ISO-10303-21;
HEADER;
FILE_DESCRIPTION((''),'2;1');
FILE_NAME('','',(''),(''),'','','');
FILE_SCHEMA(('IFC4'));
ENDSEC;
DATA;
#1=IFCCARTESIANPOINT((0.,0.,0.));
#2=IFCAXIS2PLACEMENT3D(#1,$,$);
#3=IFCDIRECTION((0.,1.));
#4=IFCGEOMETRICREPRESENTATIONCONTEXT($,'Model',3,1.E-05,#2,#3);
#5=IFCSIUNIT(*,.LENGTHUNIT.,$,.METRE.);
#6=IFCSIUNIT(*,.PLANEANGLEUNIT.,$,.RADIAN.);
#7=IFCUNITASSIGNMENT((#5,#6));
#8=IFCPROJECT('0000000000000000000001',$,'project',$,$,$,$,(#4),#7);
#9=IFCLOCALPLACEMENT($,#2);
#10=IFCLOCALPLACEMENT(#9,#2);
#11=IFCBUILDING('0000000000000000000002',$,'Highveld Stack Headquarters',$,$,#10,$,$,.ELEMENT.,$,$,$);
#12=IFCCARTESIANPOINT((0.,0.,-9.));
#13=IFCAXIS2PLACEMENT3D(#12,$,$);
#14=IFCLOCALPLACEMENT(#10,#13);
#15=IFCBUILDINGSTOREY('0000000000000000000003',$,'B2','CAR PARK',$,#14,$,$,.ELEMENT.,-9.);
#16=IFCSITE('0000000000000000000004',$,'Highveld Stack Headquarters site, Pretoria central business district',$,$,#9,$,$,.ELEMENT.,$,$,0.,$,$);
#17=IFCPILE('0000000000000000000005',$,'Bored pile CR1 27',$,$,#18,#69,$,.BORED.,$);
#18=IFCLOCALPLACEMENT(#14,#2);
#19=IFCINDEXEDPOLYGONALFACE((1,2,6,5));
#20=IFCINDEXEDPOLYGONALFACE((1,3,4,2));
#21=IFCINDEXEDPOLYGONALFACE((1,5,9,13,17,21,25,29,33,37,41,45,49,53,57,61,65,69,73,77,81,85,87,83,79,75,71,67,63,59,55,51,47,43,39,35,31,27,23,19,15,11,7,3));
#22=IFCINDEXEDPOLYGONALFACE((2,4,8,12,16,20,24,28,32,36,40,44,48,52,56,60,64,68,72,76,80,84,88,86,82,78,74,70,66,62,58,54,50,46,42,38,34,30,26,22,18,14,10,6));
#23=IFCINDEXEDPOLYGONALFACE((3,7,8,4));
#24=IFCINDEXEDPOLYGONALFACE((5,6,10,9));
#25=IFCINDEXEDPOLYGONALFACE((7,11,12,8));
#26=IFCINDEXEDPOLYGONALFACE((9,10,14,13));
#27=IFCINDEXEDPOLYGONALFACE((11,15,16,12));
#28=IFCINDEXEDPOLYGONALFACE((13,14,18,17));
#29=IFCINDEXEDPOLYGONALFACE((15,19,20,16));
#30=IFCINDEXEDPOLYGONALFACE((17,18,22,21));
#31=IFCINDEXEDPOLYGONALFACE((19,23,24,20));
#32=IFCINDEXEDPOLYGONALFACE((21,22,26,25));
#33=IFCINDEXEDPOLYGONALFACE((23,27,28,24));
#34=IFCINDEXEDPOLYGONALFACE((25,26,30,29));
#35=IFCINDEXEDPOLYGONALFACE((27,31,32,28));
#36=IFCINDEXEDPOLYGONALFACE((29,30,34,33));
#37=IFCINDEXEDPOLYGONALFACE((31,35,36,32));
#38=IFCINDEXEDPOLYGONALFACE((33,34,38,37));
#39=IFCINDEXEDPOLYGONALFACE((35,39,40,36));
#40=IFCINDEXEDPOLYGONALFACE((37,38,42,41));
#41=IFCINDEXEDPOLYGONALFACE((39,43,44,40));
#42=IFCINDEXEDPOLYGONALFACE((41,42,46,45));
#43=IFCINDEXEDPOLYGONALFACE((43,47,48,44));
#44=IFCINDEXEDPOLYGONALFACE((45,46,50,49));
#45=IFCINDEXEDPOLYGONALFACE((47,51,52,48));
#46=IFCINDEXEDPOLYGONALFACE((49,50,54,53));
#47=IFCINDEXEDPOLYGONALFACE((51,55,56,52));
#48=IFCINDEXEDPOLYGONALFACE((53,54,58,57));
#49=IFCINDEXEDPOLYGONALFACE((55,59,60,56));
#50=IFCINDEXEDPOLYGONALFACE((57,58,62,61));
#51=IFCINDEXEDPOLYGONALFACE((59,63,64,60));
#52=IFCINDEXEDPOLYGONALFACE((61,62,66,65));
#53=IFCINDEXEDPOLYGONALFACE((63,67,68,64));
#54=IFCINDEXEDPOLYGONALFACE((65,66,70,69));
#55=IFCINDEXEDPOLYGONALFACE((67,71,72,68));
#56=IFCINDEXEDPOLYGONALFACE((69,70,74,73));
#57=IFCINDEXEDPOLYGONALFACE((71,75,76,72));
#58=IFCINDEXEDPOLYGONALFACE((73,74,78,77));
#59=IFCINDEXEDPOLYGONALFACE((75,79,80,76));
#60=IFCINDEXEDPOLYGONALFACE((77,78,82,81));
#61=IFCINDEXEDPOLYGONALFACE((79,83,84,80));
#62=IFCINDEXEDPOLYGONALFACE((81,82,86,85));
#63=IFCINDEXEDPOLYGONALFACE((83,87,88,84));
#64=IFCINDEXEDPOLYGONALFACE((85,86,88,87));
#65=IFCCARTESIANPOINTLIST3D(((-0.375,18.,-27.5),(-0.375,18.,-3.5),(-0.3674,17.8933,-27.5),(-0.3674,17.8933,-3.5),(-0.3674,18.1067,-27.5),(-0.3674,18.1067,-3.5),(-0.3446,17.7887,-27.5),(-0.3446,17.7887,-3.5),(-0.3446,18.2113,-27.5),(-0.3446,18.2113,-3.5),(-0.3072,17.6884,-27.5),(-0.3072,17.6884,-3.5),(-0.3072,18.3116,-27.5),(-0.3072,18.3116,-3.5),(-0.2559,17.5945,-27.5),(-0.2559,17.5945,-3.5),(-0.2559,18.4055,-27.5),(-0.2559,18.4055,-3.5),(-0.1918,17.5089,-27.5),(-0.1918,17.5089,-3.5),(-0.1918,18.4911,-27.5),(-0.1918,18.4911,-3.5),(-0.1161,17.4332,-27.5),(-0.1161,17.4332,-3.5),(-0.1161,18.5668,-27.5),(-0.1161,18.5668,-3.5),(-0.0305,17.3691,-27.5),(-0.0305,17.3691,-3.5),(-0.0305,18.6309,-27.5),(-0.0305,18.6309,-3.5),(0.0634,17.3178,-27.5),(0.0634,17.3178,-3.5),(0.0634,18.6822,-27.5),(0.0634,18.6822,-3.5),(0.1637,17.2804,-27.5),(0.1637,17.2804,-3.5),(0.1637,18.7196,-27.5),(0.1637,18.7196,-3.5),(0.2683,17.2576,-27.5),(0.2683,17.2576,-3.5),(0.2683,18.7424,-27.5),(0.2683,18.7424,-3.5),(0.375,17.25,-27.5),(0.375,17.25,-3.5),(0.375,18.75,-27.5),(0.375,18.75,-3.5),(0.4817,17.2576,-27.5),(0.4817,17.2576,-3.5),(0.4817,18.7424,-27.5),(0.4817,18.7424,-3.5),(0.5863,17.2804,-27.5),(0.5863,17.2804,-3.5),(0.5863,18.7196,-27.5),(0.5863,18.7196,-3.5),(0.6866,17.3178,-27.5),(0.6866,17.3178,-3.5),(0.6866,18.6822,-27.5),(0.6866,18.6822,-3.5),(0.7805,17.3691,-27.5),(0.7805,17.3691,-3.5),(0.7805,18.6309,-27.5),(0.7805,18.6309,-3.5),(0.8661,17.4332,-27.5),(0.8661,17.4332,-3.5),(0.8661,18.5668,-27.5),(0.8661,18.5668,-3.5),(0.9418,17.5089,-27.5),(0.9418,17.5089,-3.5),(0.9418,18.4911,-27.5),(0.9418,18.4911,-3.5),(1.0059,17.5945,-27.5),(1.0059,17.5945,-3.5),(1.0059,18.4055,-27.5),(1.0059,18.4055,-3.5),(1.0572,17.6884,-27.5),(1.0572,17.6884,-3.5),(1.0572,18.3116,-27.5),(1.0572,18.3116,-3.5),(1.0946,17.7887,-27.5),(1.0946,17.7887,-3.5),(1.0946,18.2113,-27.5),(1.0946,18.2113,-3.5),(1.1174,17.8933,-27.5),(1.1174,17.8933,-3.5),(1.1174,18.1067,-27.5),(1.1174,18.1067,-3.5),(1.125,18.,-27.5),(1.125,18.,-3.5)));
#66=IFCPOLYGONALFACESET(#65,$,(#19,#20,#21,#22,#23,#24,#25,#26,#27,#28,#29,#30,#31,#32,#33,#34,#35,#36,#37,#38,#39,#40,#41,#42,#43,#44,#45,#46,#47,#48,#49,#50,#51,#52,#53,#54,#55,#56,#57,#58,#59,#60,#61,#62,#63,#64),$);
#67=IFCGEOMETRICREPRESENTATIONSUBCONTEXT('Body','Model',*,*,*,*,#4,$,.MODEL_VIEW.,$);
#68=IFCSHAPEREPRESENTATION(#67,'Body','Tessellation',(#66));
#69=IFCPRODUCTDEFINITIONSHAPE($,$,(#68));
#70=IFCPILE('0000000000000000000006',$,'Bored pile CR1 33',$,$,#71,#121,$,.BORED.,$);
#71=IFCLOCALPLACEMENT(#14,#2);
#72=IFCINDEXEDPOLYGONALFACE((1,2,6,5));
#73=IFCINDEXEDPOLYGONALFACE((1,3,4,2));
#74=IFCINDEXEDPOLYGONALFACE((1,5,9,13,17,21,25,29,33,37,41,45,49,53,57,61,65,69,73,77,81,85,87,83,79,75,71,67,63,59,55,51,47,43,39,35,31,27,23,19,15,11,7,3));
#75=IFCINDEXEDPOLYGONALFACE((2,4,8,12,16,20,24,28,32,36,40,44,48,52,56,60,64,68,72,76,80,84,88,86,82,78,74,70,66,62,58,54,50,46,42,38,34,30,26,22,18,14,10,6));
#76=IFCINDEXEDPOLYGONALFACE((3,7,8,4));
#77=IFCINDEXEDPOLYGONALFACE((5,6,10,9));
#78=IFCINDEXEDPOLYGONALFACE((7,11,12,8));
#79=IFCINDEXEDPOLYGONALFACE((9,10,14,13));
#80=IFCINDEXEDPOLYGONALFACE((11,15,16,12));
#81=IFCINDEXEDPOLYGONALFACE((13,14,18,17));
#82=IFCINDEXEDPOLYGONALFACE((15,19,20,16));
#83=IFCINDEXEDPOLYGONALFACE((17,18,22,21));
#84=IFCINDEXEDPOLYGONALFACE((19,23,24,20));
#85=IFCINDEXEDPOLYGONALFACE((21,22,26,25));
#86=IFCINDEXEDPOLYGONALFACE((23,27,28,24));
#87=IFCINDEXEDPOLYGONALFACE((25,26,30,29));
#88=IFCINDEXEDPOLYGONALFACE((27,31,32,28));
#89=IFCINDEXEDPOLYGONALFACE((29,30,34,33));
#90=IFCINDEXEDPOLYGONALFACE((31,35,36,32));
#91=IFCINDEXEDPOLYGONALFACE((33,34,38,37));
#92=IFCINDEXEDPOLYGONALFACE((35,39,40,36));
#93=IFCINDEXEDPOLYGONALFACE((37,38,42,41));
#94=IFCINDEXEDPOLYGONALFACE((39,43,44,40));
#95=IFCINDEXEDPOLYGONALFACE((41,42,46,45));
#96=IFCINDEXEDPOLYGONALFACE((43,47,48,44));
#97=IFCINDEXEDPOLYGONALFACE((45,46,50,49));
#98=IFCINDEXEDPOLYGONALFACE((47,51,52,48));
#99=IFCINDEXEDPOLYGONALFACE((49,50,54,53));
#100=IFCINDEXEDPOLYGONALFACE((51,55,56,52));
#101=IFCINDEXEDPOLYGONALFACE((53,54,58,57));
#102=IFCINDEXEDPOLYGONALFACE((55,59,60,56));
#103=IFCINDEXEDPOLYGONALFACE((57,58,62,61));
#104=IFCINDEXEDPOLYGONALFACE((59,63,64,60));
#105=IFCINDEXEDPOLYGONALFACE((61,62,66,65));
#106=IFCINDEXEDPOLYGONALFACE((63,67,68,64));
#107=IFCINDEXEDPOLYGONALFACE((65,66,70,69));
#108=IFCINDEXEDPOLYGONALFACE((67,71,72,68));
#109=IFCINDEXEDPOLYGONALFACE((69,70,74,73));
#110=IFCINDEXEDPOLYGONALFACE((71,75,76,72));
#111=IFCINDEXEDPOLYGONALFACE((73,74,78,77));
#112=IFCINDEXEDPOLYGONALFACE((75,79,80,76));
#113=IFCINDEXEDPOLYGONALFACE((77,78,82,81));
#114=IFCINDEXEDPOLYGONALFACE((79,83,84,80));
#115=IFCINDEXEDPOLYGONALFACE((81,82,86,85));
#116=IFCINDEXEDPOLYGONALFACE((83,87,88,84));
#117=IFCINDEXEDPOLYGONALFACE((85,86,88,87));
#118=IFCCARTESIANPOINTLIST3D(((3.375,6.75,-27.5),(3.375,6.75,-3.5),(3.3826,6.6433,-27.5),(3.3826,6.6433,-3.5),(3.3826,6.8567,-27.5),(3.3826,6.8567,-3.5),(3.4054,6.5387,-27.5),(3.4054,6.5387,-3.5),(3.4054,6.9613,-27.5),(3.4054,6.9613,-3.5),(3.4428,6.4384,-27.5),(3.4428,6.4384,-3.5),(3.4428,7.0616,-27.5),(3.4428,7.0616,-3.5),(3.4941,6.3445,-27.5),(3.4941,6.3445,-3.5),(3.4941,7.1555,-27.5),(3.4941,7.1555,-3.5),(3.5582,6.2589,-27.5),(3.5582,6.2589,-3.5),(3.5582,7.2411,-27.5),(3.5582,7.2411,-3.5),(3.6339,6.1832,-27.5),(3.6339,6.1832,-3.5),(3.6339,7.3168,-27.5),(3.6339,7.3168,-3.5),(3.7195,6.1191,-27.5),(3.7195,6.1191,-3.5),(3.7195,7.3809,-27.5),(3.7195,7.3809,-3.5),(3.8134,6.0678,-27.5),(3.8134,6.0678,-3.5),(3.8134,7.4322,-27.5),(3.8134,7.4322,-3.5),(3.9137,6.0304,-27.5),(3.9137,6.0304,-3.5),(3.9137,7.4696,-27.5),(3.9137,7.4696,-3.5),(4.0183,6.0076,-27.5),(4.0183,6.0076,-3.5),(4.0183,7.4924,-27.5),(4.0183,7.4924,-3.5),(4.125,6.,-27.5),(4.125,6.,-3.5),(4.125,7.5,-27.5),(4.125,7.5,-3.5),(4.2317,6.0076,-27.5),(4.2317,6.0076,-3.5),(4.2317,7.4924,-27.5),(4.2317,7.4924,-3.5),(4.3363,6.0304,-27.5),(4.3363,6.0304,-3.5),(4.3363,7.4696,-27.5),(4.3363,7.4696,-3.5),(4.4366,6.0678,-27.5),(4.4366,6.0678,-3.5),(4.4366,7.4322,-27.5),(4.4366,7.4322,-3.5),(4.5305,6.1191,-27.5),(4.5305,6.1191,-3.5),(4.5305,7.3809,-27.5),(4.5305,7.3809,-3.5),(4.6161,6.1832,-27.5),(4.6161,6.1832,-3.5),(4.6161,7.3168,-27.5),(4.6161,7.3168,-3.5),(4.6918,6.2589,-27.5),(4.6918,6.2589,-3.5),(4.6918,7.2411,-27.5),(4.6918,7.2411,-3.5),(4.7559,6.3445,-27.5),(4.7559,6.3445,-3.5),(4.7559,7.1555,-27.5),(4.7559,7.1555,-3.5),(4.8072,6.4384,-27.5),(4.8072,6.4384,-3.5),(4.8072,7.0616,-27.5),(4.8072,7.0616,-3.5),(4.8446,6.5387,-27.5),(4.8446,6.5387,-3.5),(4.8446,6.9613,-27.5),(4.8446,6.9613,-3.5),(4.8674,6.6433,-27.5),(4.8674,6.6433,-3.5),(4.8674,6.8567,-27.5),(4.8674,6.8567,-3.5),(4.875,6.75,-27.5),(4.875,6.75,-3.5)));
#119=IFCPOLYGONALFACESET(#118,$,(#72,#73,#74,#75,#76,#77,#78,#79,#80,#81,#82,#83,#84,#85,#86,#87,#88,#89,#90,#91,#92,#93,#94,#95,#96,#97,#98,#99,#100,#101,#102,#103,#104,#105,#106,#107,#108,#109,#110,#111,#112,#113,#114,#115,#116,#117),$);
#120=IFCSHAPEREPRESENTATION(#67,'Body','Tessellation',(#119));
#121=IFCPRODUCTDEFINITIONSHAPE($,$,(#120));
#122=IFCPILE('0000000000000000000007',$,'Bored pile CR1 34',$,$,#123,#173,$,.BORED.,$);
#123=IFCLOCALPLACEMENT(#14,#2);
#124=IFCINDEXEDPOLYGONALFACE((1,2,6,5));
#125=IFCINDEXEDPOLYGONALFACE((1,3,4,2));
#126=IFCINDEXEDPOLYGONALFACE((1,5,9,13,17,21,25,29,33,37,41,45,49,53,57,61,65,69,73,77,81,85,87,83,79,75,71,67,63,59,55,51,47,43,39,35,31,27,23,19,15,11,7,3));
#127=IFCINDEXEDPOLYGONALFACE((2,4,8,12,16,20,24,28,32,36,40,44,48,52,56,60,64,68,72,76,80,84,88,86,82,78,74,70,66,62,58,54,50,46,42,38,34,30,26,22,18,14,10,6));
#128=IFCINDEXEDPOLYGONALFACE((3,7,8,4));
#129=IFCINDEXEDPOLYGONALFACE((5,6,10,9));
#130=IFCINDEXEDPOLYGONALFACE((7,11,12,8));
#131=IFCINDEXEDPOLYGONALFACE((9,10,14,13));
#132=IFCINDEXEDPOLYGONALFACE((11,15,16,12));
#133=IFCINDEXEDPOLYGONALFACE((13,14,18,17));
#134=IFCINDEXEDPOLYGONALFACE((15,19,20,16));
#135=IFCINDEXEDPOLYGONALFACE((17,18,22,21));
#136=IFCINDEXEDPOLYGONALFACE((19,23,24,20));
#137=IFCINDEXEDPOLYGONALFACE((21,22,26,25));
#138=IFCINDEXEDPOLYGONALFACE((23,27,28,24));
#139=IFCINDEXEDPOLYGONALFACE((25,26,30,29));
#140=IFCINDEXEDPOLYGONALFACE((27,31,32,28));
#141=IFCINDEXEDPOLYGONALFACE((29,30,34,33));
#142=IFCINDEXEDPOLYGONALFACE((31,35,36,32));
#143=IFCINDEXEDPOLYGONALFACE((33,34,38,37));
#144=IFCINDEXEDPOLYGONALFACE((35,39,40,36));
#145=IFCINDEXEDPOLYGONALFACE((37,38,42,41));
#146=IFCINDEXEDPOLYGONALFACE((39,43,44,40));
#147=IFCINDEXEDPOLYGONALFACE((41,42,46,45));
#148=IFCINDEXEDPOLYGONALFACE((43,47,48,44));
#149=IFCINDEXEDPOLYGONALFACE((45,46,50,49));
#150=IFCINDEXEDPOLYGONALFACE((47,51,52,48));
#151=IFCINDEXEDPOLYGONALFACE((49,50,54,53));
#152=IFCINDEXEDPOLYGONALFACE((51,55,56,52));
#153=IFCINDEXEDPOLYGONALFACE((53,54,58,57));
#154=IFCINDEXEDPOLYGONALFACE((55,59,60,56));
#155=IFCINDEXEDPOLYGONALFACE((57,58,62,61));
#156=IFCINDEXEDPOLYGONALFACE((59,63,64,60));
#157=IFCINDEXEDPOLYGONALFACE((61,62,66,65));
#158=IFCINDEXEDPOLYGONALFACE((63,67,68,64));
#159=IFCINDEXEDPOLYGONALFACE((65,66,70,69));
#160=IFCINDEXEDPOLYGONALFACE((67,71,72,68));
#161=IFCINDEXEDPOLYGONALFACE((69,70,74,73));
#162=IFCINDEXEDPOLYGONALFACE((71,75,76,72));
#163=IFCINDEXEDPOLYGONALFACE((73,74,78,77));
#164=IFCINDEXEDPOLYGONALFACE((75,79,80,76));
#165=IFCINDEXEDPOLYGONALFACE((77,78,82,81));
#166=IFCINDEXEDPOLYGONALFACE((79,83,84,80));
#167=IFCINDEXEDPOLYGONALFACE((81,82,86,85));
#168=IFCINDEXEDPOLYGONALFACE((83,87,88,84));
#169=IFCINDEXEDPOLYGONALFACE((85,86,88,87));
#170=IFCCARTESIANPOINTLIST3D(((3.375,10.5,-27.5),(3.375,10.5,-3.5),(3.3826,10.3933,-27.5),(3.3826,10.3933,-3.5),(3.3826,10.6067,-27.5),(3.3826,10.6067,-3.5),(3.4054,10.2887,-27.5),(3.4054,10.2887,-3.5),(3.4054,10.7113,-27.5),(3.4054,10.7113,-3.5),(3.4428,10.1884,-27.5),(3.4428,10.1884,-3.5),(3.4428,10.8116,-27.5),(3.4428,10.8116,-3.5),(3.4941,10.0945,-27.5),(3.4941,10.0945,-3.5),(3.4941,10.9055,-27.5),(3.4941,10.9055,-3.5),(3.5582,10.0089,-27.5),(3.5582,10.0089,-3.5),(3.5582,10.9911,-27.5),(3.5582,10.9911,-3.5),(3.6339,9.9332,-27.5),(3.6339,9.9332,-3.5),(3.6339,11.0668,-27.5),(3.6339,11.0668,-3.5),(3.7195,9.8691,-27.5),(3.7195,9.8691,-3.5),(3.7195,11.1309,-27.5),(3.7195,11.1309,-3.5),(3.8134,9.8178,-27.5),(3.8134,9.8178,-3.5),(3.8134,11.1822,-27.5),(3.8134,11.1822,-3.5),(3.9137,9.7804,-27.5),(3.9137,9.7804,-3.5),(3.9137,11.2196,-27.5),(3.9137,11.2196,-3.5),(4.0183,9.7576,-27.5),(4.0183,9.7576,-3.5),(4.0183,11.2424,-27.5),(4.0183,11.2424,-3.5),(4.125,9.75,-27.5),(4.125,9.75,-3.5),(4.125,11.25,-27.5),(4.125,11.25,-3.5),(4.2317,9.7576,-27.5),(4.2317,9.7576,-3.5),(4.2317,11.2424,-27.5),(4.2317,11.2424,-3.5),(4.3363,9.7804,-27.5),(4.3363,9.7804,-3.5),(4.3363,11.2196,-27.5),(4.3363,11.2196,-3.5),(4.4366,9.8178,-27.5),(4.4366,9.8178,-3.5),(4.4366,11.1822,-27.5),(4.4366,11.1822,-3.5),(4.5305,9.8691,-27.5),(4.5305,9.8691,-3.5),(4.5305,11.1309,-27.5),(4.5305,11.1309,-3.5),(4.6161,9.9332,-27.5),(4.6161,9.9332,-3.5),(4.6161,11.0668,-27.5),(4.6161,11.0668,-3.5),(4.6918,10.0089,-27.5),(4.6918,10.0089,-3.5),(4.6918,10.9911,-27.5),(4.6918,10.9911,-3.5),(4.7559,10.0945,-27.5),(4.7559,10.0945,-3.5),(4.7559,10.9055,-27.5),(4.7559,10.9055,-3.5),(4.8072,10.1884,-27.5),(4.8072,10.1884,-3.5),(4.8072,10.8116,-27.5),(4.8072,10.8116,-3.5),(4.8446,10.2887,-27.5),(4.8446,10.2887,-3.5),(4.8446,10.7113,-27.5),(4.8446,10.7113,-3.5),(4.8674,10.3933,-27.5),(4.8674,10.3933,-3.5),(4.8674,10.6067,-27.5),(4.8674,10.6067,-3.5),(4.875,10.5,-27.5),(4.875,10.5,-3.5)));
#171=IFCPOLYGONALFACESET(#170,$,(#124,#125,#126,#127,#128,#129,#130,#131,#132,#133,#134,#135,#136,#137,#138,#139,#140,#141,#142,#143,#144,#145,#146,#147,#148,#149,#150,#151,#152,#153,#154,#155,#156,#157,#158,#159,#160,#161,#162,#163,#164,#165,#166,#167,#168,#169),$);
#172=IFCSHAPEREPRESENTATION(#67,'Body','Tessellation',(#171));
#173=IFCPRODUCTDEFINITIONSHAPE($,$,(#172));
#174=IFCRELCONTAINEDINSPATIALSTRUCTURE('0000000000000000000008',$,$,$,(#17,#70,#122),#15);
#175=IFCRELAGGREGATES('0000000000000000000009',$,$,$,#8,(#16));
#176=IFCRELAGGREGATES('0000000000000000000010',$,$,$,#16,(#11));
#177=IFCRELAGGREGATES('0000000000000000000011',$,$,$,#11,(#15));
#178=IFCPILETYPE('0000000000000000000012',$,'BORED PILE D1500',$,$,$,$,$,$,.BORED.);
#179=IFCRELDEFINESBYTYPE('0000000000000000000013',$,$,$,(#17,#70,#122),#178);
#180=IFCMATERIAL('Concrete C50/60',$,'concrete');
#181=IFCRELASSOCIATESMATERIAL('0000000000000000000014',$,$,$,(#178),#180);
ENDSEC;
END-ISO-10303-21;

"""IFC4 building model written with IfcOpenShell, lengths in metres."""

from ifc_helpers import new_model, si_unit, direction, frame, origin, origin_2d, place, context, subcontext, project, spatial, circle, extrude, material, type_object, element, save


model = new_model("IFC4")

# Units and contexts
model_context = context("Model", 3, precision=1e-05, world=origin(), true_north=direction((0.0, 1.0)))
body_context = subcontext(model_context, "Body", "Model", "MODEL_VIEW")
ifc_project = project(units=[si_unit("LENGTHUNIT", "METRE"), si_unit("PLANEANGLEUNIT", "RADIAN")], contexts=[model_context])

# Site, building, storey
site_placement = place(None, origin())
site = spatial("IfcSite", under=ifc_project, at=site_placement, Name="Highveld Stack Headquarters site, Pretoria central business district", CompositionType="ELEMENT", RefElevation=0.0)
building_placement = place(site_placement, origin())
building = spatial("IfcBuilding", under=site, at=building_placement, Name="Highveld Stack Headquarters", CompositionType="ELEMENT")
storey_placement = place(building_placement, frame((0.0, 0.0, -9.0)))
storey = spatial("IfcBuildingStorey", under=building, at=storey_placement, Name="B2", Description="CAR PARK", CompositionType="ELEMENT", Elevation=-9.0)

# Piles
ifc_material_1 = material(Name="Concrete C50/60", Category="concrete")
pile_type = type_object("IfcPileType", Name="BORED PILE D1500", PredefinedType="BORED", material=ifc_material_1)
for number, where, z_axis, x_axis, name in (
    (1, (0.375, 18.0, -3.5), (0.0, 0.0, -1.0), (1.0, 0.0, 0.0), "Bored pile CR1 27"),
    (2, (4.125, 6.75, -3.5), (0.0, 0.0, -1.0), (1.0, 0.0, 0.0), "Bored pile CR1 33"),
    (3, (4.125, 10.5, -3.5), (0.0, 0.0, -1.0), (1.0, 0.0, 0.0), "Bored pile CR1 34"),
):
    element("IfcPile", number, at=place(storey_placement, frame(where, z_axis=z_axis, x_axis=x_axis)), inside=storey, type_object=pile_type, Name=name, PredefinedType="BORED", context=body_context, shape_type="SweptSolid", body=[
        extrude(circle(Radius=0.75, at=origin_2d()), origin(), (0.0, 0.0, 1.0), 24.0),
    ])

save(model, "model.ifc")
